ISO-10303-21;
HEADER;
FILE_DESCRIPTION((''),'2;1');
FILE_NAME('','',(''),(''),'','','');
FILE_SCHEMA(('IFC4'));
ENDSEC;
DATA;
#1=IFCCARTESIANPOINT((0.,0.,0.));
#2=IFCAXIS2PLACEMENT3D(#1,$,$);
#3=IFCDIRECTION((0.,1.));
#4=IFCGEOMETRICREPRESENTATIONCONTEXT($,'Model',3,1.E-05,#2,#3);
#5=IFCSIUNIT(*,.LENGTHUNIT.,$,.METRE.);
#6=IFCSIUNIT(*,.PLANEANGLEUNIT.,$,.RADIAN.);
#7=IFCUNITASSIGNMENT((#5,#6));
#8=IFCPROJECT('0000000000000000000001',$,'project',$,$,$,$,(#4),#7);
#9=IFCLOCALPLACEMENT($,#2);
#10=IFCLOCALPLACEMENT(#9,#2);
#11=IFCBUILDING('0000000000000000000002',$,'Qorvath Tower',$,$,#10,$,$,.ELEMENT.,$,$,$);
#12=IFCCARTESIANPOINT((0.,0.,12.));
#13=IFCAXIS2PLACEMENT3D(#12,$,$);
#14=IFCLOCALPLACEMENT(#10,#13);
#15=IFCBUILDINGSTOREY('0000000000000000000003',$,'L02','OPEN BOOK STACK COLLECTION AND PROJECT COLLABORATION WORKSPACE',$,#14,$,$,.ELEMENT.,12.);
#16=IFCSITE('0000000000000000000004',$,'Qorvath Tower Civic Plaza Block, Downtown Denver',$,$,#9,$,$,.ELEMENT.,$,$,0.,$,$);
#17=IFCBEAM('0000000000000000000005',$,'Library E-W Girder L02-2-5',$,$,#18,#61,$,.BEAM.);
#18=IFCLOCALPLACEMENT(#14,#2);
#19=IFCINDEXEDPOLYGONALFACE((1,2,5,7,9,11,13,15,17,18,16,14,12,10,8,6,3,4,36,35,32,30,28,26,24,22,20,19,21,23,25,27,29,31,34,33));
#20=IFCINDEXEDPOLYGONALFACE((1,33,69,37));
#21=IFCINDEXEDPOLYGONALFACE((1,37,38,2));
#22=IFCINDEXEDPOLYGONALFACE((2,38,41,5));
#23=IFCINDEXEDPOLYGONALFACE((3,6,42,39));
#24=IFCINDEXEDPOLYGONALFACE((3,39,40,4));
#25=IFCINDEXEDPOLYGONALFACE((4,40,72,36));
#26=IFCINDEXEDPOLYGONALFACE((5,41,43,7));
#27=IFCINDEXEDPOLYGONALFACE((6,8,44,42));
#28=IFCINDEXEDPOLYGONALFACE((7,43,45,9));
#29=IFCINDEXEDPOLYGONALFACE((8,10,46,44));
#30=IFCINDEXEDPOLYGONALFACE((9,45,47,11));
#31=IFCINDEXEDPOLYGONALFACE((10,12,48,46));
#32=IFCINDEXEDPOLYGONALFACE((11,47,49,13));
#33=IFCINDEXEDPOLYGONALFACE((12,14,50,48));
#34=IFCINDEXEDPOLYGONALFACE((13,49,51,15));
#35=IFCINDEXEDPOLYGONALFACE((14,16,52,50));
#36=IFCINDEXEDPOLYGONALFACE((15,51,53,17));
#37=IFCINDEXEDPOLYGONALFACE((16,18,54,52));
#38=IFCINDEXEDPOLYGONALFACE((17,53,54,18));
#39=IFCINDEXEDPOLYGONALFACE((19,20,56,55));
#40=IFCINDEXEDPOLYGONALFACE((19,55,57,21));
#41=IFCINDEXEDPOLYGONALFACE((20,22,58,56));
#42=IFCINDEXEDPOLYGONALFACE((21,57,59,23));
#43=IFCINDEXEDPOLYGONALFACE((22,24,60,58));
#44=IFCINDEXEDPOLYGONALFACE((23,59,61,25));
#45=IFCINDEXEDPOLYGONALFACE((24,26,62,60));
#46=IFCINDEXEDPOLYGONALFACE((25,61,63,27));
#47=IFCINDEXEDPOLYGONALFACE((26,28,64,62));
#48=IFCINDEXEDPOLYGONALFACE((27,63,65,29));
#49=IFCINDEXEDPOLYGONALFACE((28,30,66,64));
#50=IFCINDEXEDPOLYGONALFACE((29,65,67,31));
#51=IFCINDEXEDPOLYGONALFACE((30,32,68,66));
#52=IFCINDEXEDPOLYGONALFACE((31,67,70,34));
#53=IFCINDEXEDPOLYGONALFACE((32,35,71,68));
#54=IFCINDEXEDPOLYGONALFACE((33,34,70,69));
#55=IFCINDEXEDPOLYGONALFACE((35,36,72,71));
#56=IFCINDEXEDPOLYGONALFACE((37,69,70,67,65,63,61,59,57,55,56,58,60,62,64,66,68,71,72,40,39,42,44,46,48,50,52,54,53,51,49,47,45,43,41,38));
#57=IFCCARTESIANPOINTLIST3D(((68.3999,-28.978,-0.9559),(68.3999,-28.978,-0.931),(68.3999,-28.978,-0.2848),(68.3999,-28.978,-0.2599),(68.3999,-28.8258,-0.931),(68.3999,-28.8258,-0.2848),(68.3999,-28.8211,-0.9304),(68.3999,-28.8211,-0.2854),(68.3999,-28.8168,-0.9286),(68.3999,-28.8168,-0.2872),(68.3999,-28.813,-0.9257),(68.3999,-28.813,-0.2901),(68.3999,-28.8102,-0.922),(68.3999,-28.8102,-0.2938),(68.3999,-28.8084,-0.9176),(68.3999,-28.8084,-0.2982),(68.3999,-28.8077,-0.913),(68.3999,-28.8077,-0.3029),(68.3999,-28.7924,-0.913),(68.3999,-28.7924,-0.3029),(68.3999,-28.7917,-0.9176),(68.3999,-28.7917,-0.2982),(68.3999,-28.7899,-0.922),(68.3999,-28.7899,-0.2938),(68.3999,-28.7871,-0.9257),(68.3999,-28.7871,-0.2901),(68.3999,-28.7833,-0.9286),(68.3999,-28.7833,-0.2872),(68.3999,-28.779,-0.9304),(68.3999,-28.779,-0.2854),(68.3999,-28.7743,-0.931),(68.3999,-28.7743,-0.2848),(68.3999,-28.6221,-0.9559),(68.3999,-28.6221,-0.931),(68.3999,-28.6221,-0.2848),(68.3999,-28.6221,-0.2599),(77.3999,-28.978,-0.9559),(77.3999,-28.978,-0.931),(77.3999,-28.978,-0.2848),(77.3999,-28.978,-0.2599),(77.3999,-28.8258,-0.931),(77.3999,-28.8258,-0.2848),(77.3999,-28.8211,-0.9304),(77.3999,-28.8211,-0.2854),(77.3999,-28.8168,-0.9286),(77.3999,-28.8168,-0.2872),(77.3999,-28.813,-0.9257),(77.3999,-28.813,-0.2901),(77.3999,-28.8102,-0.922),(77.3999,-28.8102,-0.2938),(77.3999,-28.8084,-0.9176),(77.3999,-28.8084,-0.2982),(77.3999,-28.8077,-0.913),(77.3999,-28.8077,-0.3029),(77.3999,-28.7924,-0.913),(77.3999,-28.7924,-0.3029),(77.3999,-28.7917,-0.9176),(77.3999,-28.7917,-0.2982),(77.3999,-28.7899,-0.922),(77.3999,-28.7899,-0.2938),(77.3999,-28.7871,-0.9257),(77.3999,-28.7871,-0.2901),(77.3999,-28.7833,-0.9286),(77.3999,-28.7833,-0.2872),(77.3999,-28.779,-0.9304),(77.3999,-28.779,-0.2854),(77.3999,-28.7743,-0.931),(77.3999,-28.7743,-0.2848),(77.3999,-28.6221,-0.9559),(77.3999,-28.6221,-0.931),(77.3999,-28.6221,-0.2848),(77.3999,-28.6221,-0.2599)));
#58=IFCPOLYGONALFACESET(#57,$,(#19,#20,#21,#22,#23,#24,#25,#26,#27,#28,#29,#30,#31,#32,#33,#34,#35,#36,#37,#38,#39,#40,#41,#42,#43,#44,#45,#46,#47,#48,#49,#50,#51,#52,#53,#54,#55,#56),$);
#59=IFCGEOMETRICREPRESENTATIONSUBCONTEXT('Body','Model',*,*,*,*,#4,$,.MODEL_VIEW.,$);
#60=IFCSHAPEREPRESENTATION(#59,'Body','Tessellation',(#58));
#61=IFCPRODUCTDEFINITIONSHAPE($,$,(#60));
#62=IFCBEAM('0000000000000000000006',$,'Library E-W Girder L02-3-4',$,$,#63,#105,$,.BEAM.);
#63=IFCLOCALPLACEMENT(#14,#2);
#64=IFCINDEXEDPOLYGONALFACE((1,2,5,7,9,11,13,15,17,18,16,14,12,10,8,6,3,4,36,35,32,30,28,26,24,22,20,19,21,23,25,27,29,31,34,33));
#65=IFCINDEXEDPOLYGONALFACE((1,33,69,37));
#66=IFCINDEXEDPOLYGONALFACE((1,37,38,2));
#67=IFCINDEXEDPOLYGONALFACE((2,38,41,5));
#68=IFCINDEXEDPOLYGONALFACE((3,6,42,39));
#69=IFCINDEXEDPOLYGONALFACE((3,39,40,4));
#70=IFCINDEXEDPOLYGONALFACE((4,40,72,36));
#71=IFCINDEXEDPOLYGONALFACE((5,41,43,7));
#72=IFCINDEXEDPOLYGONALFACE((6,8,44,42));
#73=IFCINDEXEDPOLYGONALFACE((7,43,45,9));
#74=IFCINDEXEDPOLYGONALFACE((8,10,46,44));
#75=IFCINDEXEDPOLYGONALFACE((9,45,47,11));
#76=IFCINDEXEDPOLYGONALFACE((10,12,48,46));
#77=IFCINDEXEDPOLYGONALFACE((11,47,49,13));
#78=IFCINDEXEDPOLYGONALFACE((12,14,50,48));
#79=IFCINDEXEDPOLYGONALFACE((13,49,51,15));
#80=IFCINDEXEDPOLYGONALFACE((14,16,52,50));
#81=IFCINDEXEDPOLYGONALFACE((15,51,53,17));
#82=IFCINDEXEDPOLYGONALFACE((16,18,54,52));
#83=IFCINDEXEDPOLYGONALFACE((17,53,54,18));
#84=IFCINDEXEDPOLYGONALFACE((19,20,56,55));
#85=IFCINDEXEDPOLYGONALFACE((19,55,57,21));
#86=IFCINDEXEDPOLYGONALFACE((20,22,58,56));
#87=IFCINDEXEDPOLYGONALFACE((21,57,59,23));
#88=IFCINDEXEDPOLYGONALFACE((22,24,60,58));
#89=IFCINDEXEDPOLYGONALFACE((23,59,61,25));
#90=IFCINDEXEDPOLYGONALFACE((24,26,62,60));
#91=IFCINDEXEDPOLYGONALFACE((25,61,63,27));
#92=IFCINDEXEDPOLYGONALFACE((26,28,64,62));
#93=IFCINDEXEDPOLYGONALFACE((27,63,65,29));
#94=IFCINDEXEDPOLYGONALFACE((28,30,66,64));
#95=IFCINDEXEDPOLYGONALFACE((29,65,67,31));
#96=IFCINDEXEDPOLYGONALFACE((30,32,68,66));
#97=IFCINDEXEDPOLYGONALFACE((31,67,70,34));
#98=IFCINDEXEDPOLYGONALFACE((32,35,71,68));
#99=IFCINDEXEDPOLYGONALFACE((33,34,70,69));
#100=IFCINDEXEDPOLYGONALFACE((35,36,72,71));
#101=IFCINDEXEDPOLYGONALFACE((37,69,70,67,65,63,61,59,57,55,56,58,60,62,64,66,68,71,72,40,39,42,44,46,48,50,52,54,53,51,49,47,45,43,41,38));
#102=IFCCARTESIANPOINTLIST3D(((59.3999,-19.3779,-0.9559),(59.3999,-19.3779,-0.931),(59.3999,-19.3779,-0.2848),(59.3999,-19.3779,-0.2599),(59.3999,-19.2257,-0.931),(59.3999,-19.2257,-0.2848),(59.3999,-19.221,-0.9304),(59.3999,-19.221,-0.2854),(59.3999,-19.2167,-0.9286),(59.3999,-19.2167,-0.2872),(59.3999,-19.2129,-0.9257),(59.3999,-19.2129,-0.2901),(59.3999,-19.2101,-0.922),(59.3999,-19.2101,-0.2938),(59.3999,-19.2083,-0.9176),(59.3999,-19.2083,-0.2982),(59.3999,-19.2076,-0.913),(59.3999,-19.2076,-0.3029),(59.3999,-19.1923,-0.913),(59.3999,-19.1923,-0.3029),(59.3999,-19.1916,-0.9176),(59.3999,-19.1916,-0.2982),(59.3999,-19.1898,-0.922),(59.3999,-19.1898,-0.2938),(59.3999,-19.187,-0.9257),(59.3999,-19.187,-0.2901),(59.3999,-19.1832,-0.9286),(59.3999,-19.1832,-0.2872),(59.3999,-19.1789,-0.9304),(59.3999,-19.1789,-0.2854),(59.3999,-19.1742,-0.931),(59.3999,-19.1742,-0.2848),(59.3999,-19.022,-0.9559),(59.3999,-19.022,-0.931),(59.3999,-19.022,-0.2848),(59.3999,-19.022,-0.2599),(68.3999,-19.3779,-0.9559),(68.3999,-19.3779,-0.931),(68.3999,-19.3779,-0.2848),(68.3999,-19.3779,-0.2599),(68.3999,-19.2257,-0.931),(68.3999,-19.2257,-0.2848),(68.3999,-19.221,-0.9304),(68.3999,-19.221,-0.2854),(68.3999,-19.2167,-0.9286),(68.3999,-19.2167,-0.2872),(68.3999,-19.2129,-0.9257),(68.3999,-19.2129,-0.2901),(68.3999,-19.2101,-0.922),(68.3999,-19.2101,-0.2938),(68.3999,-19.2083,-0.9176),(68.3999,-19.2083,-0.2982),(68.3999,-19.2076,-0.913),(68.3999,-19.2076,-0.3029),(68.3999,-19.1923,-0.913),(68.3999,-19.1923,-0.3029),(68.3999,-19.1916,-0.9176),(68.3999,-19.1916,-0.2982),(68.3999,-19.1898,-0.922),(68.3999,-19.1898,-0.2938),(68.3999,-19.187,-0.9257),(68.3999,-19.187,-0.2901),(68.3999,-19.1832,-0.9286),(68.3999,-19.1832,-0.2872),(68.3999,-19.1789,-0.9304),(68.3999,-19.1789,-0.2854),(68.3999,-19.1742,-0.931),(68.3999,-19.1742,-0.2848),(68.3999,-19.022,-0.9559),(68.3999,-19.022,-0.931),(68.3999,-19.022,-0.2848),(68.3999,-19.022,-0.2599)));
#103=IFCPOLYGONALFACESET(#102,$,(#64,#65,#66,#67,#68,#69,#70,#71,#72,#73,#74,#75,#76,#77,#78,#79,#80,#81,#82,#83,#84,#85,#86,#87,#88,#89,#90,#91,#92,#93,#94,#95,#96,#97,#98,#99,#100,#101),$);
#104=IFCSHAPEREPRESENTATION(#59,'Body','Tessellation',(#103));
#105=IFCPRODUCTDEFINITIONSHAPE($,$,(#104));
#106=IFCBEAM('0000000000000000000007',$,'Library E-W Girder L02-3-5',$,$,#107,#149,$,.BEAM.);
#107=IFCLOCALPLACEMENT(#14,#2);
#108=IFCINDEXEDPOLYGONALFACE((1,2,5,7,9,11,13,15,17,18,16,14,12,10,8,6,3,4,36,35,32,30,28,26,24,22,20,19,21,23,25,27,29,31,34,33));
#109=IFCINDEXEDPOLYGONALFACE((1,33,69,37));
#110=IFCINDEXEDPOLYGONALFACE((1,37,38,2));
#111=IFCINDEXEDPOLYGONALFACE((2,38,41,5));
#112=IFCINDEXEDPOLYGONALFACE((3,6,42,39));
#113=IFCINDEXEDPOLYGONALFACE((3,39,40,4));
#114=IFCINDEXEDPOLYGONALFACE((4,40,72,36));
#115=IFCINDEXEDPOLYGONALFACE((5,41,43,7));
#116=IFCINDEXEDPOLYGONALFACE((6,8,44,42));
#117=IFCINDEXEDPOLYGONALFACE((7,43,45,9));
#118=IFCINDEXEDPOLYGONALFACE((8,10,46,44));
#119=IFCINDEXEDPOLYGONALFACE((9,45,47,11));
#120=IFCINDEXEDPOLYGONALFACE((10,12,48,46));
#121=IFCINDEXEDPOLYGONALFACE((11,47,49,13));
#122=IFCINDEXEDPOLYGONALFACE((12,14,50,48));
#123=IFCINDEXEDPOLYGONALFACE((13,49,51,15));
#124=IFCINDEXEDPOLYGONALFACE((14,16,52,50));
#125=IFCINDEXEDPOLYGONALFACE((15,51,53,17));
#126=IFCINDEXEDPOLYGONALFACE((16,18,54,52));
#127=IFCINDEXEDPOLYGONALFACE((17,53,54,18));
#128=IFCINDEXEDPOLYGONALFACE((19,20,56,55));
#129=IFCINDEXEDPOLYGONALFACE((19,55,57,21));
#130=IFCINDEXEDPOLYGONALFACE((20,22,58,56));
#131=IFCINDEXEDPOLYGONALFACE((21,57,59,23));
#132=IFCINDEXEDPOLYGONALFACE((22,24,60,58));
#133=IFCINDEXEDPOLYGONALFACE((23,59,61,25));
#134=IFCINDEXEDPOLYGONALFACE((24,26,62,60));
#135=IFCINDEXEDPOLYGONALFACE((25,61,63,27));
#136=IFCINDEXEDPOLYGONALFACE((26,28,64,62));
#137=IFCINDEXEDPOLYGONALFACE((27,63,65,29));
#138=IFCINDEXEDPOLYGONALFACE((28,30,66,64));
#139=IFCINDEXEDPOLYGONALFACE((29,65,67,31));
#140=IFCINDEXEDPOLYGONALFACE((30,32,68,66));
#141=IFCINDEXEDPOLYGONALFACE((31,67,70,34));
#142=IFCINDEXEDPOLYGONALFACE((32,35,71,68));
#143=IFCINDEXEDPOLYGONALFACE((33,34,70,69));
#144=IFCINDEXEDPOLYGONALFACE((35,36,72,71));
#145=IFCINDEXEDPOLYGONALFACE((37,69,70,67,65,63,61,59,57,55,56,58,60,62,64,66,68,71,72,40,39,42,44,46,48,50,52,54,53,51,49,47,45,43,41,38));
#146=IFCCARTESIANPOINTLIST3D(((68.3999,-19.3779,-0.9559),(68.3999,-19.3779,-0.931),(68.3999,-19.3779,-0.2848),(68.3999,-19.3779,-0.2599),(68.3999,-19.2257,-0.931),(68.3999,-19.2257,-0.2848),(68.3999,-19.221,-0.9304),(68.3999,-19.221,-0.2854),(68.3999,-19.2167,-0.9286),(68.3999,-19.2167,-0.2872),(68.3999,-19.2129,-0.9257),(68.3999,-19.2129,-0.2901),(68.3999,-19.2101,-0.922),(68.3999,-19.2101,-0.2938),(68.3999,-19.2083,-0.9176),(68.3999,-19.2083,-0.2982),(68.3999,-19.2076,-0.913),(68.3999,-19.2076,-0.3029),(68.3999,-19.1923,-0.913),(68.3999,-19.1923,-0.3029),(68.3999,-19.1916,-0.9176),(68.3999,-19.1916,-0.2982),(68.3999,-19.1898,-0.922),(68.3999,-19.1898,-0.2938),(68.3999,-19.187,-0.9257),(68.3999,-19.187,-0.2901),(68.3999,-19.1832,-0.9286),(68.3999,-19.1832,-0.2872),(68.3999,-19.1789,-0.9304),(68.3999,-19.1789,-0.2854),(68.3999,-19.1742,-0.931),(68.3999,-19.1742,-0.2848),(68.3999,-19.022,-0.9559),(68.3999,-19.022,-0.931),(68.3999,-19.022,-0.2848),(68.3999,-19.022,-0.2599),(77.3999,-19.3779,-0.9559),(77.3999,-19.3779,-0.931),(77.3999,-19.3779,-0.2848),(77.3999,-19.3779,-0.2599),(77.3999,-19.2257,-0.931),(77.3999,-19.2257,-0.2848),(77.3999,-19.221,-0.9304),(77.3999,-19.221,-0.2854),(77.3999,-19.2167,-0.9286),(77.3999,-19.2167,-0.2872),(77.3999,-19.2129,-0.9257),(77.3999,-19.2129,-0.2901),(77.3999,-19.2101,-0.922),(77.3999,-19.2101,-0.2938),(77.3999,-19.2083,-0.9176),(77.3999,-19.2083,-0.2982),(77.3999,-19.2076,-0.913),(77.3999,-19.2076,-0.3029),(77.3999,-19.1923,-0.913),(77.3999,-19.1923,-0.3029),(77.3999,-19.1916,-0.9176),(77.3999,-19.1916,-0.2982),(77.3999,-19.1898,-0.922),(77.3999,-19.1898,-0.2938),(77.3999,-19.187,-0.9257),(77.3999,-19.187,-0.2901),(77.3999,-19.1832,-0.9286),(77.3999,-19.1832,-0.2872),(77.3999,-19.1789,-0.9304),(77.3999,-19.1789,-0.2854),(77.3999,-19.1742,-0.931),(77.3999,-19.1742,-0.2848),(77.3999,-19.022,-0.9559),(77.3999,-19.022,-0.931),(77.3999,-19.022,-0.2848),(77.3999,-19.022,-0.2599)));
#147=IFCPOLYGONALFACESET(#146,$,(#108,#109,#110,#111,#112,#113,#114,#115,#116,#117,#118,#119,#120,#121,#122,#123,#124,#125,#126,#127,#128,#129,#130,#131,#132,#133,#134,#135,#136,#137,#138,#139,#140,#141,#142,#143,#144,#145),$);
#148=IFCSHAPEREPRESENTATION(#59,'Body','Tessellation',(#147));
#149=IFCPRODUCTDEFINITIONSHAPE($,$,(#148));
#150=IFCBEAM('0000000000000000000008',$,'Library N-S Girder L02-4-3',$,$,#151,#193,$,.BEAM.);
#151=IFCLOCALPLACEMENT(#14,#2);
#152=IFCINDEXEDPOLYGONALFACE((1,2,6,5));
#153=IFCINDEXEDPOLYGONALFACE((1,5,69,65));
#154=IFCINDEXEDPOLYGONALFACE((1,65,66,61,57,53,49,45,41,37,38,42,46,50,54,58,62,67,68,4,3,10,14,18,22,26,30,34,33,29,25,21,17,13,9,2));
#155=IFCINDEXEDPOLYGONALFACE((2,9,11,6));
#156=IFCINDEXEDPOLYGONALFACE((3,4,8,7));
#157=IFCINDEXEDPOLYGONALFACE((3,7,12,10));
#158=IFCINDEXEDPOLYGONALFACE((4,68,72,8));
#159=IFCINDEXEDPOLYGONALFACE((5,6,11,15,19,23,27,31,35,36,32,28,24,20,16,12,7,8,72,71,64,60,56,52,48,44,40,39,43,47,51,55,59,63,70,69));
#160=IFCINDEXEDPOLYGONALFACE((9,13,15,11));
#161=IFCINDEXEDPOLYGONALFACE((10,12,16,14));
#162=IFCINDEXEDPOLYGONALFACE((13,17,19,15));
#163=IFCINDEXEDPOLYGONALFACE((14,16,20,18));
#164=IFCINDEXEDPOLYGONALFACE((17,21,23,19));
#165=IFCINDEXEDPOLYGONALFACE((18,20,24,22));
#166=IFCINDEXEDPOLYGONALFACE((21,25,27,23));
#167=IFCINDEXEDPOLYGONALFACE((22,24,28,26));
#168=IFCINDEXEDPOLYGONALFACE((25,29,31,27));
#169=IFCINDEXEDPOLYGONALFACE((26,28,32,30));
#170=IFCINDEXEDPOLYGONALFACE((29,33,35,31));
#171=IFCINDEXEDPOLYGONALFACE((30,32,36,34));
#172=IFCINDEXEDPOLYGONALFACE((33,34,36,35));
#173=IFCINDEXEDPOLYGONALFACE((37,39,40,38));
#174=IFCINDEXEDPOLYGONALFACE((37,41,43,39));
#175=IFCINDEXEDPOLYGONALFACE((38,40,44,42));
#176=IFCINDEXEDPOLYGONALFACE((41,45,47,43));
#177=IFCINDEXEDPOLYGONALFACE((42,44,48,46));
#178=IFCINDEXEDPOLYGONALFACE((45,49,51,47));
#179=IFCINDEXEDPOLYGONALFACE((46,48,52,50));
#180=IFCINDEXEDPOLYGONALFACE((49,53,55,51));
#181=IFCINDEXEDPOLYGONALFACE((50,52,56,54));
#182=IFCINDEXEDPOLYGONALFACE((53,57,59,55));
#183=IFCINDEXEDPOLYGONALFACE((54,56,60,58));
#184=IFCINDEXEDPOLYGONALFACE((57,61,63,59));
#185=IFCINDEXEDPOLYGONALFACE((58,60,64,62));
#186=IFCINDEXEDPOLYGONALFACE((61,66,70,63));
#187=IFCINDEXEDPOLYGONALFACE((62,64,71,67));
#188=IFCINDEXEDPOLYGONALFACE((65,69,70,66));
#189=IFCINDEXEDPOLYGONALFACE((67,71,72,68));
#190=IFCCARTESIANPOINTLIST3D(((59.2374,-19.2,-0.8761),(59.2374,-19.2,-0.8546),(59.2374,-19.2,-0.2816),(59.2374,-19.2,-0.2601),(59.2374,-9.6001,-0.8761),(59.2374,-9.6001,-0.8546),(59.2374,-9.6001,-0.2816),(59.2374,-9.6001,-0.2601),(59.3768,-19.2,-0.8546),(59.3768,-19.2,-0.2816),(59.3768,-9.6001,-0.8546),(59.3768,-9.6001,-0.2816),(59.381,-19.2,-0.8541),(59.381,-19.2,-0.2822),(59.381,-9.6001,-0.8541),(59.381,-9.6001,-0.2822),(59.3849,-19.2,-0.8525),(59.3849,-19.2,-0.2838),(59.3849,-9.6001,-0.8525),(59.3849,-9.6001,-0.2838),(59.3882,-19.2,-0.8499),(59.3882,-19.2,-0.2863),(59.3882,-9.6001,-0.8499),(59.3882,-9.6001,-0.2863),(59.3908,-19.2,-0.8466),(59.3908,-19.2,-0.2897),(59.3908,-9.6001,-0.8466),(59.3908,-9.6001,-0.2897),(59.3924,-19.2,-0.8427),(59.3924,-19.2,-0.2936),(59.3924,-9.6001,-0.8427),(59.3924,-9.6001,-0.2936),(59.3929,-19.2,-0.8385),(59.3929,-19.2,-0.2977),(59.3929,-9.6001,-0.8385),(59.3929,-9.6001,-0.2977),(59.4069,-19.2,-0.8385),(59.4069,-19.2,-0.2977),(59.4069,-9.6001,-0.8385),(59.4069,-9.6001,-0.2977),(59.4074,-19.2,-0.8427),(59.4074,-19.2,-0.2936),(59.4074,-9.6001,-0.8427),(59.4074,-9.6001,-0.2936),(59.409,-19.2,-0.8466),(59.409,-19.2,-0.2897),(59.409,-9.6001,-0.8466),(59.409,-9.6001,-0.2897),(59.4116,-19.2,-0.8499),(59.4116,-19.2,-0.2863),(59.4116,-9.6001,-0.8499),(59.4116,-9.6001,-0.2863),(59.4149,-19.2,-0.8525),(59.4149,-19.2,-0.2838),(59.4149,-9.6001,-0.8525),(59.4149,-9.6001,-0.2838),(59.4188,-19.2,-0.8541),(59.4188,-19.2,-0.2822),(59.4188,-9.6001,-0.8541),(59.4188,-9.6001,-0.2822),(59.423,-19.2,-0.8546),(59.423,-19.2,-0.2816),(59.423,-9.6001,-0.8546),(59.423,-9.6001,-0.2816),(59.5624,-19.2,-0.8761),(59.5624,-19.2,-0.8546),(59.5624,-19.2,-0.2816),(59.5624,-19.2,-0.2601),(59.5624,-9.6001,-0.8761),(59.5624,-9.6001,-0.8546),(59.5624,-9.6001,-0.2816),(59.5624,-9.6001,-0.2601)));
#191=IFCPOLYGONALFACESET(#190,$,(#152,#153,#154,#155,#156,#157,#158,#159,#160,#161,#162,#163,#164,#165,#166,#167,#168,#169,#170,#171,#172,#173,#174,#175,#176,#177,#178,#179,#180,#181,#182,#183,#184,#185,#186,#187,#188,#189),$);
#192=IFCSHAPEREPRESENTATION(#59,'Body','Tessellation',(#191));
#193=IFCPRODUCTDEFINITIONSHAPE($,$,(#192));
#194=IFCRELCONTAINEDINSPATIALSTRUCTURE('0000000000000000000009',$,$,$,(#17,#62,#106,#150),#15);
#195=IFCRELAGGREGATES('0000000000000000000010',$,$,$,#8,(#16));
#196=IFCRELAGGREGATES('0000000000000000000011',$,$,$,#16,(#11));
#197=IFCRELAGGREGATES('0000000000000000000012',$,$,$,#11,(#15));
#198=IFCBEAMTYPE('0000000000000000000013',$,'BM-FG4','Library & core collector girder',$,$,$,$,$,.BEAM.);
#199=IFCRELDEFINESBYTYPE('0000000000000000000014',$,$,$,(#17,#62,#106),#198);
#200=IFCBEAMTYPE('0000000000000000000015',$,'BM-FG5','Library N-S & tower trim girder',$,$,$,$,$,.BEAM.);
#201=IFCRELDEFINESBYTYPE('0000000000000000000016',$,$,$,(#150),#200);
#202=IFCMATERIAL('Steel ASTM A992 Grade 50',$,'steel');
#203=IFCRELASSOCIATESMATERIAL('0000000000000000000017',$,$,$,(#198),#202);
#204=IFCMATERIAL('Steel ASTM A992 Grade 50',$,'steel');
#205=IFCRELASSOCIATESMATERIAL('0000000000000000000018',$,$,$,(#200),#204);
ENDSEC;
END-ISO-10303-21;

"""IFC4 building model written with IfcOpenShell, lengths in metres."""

from ifc_helpers import new_model, si_unit, direction, frame, origin, origin_2d, place, context, subcontext, project, spatial, i_section, extrude, material, material_profile, profile_set, type_object, element, save


model = new_model("IFC4")

# Units and contexts
model_context = context("Model", 3, precision=1e-05, world=origin(), true_north=direction((0.0, 1.0)))
body_context = subcontext(model_context, "Body", "Model", "MODEL_VIEW")
ifc_project = project(units=[si_unit("LENGTHUNIT", "METRE"), si_unit("PLANEANGLEUNIT", "RADIAN")], contexts=[model_context])

# Site, building, storey
site_placement = place(None, origin())
site = spatial("IfcSite", under=ifc_project, at=site_placement, Name="Qorvath Tower Civic Plaza Block, Downtown Denver", CompositionType="ELEMENT", RefElevation=0.0)
building_placement = place(site_placement, origin())
building = spatial("IfcBuilding", under=site, at=building_placement, Name="Qorvath Tower", CompositionType="ELEMENT")
storey_placement = place(building_placement, frame((0.0, 0.0, 12.0)))
storey = spatial("IfcBuildingStorey", under=building, at=storey_placement, Name="L02", Description="OPEN BOOK STACK COLLECTION AND PROJECT COLLABORATION WORKSPACE", CompositionType="ELEMENT", Elevation=12.0)

# Beams
ifc_material_1 = material(Name="Steel ASTM A992 Grade 50", Category="steel")
ifc_material_profile_1 = material_profile(ifc_material_1, i_section(OverallWidth=0.356, OverallDepth=0.696, WebThickness=0.0154, FlangeThickness=0.0249, FilletRadius=0.0181, at=origin_2d()), Name="W27x146")
ifc_profile_set_1 = profile_set([ifc_material_profile_1], Name="Steel ASTM A992 Grade 50")
beam_type_1 = type_object("IfcBeamType", Name="BM-FG4", Description="Library & core collector girder", PredefinedType="BEAM", material=ifc_profile_set_1)
for number, where, z_axis, x_axis, name in (
    (1, (68.3999, -28.8, -0.6079), (1.0, 0.0, 0.0), (0.0, 1.0, 0.0), "Library E-W Girder L02-2-5"),
    (2, (59.3999, -19.2, -0.6079), (1.0, 0.0, 0.0), (0.0, 1.0, 0.0), "Library E-W Girder L02-3-4"),
    (3, (68.3999, -19.2, -0.6079), (1.0, 0.0, 0.0), (0.0, 1.0, 0.0), "Library E-W Girder L02-3-5"),
):
    element("IfcBeam", number, at=place(storey_placement, frame(where, z_axis=z_axis, x_axis=x_axis)), inside=storey, type_object=beam_type_1, Name=name, PredefinedType="BEAM", context=body_context, shape_type="SweptSolid", body=[
        extrude(i_section(OverallWidth=0.356, OverallDepth=0.696, WebThickness=0.0154, FlangeThickness=0.0249, FilletRadius=0.0181, at=origin_2d()), origin(), (0.0, 0.0, 1.0), 9.0),
    ])
ifc_material_2 = material(Name="Steel ASTM A992 Grade 50", Category="steel")
ifc_material_profile_2 = material_profile(ifc_material_2, i_section(OverallWidth=0.325, OverallDepth=0.616, WebThickness=0.0139, FlangeThickness=0.0215, FilletRadius=0.0161, at=origin_2d()), Name="W24x117")
ifc_profile_set_2 = profile_set([ifc_material_profile_2], Name="Steel ASTM A992 Grade 50")
beam_type_2 = type_object("IfcBeamType", Name="BM-FG5", Description="Library N-S & tower trim girder", PredefinedType="BEAM", material=ifc_profile_set_2)
beam_1_placement = place(storey_placement, frame((59.3999, -19.2, -0.5681), z_axis=(0.0, 1.0, 0.0), x_axis=(-1.0, 0.0, 0.0)))
element("IfcBeam", 4, at=beam_1_placement, inside=storey, type_object=beam_type_2, Name="Library N-S Girder L02-4-3", PredefinedType="BEAM", context=body_context, shape_type="SweptSolid", body=[
    extrude(i_section(OverallWidth=0.325, OverallDepth=0.616, WebThickness=0.0139, FlangeThickness=0.0215, FilletRadius=0.0161, at=origin_2d()), origin(), (0.0, 0.0, 1.0), 9.5999),
])

save(model, "model.ifc")
